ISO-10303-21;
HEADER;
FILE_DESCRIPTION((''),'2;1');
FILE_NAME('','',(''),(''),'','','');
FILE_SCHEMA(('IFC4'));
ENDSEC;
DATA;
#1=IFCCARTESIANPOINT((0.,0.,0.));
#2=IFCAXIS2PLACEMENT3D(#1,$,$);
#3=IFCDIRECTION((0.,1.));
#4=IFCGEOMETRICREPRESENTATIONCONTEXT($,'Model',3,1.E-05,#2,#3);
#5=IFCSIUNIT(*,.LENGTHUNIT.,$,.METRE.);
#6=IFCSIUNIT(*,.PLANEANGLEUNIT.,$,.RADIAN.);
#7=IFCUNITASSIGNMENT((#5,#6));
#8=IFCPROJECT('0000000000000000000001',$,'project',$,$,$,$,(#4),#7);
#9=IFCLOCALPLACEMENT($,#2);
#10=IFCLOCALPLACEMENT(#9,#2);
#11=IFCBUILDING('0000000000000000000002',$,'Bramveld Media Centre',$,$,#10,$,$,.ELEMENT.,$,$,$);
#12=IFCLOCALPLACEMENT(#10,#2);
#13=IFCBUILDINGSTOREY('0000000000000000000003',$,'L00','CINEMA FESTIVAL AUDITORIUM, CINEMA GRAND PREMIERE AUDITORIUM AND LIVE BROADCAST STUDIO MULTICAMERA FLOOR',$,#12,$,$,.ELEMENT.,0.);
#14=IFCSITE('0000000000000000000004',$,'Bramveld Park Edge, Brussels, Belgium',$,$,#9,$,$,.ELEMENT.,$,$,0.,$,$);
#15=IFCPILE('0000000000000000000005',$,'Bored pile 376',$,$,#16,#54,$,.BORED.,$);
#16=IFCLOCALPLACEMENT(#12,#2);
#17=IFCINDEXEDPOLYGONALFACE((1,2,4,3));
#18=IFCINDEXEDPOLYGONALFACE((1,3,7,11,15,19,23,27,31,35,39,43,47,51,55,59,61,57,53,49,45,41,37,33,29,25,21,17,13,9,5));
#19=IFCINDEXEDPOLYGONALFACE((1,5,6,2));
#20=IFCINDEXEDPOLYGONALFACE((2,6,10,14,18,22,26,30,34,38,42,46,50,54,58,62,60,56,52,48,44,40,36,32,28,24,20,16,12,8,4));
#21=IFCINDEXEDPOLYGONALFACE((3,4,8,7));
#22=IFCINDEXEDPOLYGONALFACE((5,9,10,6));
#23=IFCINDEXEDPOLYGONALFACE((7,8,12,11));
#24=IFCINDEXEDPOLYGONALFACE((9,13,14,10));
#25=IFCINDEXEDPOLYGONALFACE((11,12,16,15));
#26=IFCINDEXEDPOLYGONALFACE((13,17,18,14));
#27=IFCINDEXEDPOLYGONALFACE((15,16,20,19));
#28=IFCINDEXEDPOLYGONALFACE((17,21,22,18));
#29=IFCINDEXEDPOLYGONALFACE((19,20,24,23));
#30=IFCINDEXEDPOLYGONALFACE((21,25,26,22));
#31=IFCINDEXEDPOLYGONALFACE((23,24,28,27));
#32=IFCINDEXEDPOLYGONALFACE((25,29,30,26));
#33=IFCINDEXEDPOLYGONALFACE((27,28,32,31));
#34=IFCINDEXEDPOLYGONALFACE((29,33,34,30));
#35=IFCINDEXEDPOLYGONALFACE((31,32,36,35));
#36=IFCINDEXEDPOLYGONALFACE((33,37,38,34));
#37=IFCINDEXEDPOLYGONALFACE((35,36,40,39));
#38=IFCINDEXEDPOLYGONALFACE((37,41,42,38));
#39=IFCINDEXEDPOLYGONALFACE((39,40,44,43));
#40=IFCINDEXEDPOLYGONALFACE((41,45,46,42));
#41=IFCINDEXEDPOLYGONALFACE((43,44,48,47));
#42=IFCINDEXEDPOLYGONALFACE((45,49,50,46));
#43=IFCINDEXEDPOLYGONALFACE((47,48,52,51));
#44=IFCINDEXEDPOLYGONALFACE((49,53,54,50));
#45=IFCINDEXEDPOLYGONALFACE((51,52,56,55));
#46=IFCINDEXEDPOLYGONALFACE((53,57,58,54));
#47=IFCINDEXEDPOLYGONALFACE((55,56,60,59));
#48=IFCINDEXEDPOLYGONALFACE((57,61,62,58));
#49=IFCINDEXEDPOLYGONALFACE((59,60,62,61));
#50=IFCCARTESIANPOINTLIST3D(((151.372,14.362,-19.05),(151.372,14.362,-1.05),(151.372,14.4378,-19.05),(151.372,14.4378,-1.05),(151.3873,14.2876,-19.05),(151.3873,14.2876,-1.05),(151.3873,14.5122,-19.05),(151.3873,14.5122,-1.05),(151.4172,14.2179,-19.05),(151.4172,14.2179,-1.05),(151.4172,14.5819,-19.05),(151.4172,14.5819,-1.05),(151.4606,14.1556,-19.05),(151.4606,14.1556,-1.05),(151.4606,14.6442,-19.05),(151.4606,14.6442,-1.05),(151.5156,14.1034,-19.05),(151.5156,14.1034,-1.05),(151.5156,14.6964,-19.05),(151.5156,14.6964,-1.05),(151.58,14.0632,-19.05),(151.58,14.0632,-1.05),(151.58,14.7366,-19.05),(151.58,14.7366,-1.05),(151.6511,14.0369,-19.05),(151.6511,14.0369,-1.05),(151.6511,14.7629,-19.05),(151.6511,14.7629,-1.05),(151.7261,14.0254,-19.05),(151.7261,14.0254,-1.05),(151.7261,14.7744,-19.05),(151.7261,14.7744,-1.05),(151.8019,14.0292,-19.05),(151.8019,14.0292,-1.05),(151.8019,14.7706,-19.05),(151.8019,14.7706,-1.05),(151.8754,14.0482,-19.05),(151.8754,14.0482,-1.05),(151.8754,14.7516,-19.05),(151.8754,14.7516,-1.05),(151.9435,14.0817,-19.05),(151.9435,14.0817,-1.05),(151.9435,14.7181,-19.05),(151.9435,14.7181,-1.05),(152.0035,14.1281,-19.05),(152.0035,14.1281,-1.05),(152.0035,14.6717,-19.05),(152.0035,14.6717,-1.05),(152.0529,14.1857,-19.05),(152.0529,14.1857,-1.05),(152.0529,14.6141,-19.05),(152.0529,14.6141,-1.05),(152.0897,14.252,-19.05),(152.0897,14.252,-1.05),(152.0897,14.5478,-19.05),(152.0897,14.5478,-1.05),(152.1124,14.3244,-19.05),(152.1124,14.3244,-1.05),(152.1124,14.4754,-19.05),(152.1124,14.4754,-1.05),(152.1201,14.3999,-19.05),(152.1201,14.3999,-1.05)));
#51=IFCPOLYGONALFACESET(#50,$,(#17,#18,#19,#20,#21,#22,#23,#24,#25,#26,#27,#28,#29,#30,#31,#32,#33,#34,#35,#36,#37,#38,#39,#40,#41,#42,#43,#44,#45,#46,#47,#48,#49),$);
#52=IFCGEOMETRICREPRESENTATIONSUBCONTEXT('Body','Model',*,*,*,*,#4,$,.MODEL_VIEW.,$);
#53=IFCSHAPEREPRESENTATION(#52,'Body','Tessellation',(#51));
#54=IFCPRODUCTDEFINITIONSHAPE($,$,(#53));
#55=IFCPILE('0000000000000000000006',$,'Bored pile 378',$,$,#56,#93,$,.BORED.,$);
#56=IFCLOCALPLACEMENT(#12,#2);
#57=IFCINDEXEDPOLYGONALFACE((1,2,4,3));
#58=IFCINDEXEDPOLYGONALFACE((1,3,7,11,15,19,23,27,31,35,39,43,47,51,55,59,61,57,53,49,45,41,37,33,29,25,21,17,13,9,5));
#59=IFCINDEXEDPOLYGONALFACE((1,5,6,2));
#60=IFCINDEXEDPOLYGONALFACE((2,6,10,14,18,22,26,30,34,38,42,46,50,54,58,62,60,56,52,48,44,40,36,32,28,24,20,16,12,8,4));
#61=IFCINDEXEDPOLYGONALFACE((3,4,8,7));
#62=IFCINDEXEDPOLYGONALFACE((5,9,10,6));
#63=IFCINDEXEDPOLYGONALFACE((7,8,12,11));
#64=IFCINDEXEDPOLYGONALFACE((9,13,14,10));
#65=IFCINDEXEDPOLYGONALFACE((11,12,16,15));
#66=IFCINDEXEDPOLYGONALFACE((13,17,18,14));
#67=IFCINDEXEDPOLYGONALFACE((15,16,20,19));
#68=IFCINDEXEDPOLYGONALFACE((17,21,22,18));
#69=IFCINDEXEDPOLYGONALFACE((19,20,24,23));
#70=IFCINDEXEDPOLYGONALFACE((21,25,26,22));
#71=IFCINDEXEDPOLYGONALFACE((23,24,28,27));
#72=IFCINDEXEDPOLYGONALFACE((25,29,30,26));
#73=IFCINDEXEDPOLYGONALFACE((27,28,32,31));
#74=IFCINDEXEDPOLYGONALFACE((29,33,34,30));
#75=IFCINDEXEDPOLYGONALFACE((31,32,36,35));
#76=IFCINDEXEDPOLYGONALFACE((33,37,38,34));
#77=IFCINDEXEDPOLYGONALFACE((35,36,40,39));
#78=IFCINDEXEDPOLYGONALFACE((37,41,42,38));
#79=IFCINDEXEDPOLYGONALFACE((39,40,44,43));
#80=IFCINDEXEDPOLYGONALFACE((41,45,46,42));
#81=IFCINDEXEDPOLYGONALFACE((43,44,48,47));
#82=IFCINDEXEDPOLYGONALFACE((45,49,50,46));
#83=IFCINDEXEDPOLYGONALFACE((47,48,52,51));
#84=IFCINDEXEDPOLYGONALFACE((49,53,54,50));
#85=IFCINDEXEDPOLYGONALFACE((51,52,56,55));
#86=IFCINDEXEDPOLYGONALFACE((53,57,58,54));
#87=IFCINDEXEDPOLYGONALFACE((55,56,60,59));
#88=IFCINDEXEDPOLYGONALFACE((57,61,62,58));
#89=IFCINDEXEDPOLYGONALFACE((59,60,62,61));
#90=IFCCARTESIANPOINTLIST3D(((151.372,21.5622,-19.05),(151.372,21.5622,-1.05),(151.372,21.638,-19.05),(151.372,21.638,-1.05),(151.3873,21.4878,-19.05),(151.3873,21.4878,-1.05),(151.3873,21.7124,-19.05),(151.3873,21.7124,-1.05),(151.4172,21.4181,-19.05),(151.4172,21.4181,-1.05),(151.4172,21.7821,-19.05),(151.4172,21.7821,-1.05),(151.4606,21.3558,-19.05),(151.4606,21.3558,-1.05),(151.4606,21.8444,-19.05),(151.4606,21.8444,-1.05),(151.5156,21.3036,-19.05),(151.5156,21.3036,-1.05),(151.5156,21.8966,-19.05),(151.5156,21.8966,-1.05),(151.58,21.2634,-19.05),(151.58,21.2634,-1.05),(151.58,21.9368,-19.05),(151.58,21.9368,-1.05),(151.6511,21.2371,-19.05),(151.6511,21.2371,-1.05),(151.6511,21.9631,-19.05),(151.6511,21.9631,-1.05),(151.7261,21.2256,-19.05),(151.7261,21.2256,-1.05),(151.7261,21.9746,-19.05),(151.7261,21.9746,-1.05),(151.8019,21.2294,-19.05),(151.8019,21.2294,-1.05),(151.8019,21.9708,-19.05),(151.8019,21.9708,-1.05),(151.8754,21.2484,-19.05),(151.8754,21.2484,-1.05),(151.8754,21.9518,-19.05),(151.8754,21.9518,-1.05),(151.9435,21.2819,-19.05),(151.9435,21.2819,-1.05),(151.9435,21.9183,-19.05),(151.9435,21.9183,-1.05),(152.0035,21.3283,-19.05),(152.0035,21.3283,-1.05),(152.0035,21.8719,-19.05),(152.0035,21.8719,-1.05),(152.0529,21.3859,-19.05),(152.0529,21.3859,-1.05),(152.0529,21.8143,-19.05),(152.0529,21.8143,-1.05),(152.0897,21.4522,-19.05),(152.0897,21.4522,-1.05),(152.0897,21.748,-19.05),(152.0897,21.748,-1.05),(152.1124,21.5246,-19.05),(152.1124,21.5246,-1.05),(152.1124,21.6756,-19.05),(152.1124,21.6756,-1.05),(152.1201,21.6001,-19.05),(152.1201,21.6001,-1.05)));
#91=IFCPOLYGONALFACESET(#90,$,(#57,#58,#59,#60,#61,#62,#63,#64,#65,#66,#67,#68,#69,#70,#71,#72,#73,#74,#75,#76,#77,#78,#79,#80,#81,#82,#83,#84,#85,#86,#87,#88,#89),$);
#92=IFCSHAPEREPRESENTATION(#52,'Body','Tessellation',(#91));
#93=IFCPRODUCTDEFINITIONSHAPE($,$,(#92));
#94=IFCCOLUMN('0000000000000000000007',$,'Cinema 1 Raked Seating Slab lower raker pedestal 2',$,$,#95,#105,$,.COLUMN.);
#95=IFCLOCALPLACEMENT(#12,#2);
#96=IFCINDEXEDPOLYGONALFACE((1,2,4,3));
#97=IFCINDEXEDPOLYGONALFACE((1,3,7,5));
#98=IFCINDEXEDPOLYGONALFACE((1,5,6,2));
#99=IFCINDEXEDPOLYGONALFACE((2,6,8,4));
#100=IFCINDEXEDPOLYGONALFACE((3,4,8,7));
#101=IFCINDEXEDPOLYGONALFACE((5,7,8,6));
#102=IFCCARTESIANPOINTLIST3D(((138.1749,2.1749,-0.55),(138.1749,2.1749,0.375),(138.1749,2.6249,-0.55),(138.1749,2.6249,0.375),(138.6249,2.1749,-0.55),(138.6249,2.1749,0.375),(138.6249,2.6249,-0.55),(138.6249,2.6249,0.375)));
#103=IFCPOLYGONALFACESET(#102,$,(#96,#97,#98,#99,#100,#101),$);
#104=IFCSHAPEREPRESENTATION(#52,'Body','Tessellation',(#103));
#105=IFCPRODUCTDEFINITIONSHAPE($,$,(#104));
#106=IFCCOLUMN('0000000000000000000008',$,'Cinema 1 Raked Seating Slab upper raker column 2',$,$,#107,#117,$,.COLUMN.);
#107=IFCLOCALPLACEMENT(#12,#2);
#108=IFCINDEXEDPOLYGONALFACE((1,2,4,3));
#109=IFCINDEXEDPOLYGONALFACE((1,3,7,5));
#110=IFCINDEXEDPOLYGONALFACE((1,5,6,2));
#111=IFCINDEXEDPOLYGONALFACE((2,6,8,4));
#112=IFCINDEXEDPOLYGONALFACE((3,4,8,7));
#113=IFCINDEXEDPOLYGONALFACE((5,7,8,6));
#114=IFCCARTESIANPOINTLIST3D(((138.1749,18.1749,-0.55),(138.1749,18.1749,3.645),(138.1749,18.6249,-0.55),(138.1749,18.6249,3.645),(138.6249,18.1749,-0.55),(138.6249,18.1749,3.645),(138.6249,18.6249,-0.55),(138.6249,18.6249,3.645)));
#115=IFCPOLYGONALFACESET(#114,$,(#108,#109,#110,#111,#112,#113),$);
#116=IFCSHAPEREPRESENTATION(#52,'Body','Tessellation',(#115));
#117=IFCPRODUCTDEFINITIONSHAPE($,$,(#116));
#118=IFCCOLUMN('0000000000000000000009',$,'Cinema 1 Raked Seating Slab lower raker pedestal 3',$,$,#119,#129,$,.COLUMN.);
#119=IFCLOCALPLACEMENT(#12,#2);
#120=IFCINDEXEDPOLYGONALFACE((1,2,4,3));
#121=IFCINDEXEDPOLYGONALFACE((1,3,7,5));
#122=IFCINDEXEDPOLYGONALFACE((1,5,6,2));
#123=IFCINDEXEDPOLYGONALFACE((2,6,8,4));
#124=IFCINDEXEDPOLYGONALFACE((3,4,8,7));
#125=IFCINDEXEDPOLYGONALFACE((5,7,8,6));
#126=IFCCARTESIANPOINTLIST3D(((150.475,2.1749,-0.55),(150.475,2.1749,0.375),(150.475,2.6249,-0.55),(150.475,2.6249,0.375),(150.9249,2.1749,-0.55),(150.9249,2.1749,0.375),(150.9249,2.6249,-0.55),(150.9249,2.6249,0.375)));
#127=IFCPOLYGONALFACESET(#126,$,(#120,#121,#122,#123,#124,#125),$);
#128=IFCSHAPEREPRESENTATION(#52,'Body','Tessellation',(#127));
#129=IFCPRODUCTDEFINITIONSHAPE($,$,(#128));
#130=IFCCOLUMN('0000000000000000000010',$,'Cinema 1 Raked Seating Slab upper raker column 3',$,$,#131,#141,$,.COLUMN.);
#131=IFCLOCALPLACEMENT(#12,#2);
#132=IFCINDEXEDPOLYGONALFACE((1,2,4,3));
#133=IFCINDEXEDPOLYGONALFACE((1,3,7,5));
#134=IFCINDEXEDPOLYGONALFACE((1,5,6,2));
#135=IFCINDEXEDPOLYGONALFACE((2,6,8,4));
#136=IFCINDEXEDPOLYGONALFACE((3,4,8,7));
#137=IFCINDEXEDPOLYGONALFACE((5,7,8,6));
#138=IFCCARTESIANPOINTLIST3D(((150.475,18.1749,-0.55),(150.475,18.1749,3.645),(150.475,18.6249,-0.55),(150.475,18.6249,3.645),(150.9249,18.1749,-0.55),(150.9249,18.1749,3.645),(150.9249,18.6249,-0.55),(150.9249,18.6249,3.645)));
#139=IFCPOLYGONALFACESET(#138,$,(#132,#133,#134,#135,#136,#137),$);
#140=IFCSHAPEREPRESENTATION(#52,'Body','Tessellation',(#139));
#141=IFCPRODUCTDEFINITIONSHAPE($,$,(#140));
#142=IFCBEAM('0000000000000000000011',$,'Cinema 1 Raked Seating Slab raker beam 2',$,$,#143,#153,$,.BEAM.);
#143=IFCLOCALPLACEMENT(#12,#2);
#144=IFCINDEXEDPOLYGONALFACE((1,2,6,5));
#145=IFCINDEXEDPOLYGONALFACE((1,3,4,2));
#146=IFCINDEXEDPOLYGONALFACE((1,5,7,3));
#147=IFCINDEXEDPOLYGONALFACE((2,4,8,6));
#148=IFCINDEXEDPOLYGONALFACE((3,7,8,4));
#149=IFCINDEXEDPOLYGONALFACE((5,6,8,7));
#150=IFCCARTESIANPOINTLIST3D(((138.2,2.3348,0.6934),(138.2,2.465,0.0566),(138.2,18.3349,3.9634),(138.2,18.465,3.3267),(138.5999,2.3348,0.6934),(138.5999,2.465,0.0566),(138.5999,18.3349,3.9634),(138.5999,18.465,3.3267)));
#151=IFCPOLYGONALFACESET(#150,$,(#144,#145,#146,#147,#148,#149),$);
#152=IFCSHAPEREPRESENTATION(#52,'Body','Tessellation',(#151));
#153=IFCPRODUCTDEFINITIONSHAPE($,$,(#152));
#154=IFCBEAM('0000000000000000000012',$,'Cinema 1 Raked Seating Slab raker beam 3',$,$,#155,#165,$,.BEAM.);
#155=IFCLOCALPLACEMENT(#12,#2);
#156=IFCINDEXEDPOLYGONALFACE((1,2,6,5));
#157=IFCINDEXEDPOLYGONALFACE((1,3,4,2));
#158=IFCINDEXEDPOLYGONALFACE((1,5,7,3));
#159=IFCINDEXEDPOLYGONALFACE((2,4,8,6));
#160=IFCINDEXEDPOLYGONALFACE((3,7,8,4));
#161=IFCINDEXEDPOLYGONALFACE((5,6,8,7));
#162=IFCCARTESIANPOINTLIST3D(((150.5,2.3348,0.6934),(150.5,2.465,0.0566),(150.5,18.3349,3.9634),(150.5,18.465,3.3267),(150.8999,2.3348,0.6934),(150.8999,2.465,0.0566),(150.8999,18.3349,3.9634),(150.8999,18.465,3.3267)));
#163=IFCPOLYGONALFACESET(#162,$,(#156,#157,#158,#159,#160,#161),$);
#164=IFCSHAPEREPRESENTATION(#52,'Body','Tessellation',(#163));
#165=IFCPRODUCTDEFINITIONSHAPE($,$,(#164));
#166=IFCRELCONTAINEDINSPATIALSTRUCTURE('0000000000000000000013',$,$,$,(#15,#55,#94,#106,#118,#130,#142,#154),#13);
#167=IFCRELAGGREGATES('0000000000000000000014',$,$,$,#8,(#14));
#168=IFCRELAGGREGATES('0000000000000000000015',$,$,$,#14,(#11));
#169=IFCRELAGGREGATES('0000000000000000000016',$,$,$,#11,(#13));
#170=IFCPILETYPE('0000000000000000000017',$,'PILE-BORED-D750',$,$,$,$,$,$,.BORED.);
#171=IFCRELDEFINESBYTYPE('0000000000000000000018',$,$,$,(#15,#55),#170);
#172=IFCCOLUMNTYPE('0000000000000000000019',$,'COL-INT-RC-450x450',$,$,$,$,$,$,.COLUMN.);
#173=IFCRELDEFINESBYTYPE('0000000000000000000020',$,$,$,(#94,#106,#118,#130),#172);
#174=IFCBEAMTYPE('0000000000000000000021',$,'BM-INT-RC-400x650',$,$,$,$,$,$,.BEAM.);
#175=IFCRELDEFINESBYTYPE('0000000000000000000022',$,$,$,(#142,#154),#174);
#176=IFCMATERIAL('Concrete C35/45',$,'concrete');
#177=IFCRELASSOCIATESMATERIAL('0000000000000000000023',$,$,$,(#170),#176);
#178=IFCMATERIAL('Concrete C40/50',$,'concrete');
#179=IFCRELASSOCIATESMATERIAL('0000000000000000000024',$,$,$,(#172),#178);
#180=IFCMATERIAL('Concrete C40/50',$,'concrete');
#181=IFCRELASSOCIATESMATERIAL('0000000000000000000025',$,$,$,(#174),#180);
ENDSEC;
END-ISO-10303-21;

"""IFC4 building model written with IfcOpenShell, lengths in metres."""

from ifc_helpers import new_model, si_unit, direction, frame, origin, origin_2d, place, context, subcontext, project, spatial, rectangle, circle, extrude, material, material_profile, profile_set, type_object, element, save


model = new_model("IFC4")

# Units and contexts
model_context = context("Model", 3, precision=1e-05, world=origin(), true_north=direction((0.0, 1.0)))
body_context = subcontext(model_context, "Body", "Model", "MODEL_VIEW")
ifc_project = project(units=[si_unit("LENGTHUNIT", "METRE"), si_unit("PLANEANGLEUNIT", "RADIAN")], contexts=[model_context])

# Site, building, storey
site_placement = place(None, origin())
site = spatial("IfcSite", under=ifc_project, at=site_placement, Name="Bramveld Park Edge, Brussels, Belgium", CompositionType="ELEMENT", RefElevation=0.0)
building_placement = place(site_placement, origin())
building = spatial("IfcBuilding", under=site, at=building_placement, Name="Bramveld Media Centre", CompositionType="ELEMENT")
storey_placement = place(building_placement, origin())
storey = spatial("IfcBuildingStorey", under=building, at=storey_placement, Name="L00", Description="CINEMA FESTIVAL AUDITORIUM, CINEMA GRAND PREMIERE AUDITORIUM AND LIVE BROADCAST STUDIO MULTICAMERA FLOOR", CompositionType="ELEMENT", Elevation=0.0)

# Piles
ifc_material_1 = material(Name="Concrete C35/45", Category="concrete")
ifc_material_profile_1 = material_profile(ifc_material_1, circle(Radius=0.375, at=origin_2d()), Name="BORED D750")
ifc_profile_set_1 = profile_set([ifc_material_profile_1], Name="Concrete C35/45")
pile_type_1 = type_object("IfcPileType", Name="PILE-BORED-D750", PredefinedType="BORED", material=ifc_profile_set_1)
for number, where, z_axis, x_axis, name in (
    (1, (151.7451, 14.3999, -1.05), (0.0, 0.0, -1.0), (1.0, 0.0, 0.0), "Bored pile 376"),
    (2, (151.7451, 21.6001, -1.05), (0.0, 0.0, -1.0), (1.0, 0.0, 0.0), "Bored pile 378"),
):
    element("IfcPile", number, at=place(storey_placement, frame(where, z_axis=z_axis, x_axis=x_axis)), inside=storey, type_object=pile_type_1, Name=name, PredefinedType="BORED", context=body_context, shape_type="SweptSolid", body=[
        extrude(circle(Radius=0.375, at=origin_2d()), origin(), (0.0, 0.0, 1.0), 18.0),
    ])

# Columns
ifc_material_2 = material(Name="Concrete C40/50", Category="concrete")
ifc_material_profile_2 = material_profile(ifc_material_2, rectangle(XDim=0.45, YDim=0.45, at=origin_2d()), Name="RC 450x450")
ifc_profile_set_2 = profile_set([ifc_material_profile_2], Name="Concrete C40/50")
column_type = type_object("IfcColumnType", Name="COL-INT-RC-450x450", PredefinedType="COLUMN", material=ifc_profile_set_2)
column_1_placement = place(storey_placement, frame((138.3999, 2.3999, -0.55), z_axis=(0.0, 0.0, 1.0), x_axis=(1.0, 0.0, 0.0)))
element("IfcColumn", 3, at=column_1_placement, inside=storey, type_object=column_type, Name="Cinema 1 Raked Seating Slab lower raker pedestal 2", PredefinedType="COLUMN", context=body_context, shape_type="SweptSolid", body=[
    extrude(rectangle(XDim=0.45, YDim=0.45, at=origin_2d()), origin(), (0.0, 0.0, 1.0), 0.925),
])
column_2_placement = place(storey_placement, frame((138.3999, 18.3999, -0.55), z_axis=(0.0, 0.0, 1.0), x_axis=(1.0, 0.0, 0.0)))
element("IfcColumn", 4, at=column_2_placement, inside=storey, type_object=column_type, Name="Cinema 1 Raked Seating Slab upper raker column 2", PredefinedType="COLUMN", context=body_context, shape_type="SweptSolid", body=[
    extrude(rectangle(XDim=0.45, YDim=0.45, at=origin_2d()), origin(), (0.0, 0.0, 1.0), 4.1951),
])
column_3_placement = place(storey_placement, frame((150.7, 2.3999, -0.55), z_axis=(0.0, 0.0, 1.0), x_axis=(1.0, 0.0, 0.0)))
element("IfcColumn", 5, at=column_3_placement, inside=storey, type_object=column_type, Name="Cinema 1 Raked Seating Slab lower raker pedestal 3", PredefinedType="COLUMN", context=body_context, shape_type="SweptSolid", body=[
    extrude(rectangle(XDim=0.45, YDim=0.45, at=origin_2d()), origin(), (0.0, 0.0, 1.0), 0.925),
])
column_4_placement = place(storey_placement, frame((150.7, 18.3999, -0.55), z_axis=(0.0, 0.0, 1.0), x_axis=(1.0, 0.0, 0.0)))
element("IfcColumn", 6, at=column_4_placement, inside=storey, type_object=column_type, Name="Cinema 1 Raked Seating Slab upper raker column 3", PredefinedType="COLUMN", context=body_context, shape_type="SweptSolid", body=[
    extrude(rectangle(XDim=0.45, YDim=0.45, at=origin_2d()), origin(), (0.0, 0.0, 1.0), 4.1951),
])

# Beams
ifc_material_3 = material(Name="Concrete C40/50", Category="concrete")
ifc_material_profile_3 = material_profile(ifc_material_3, rectangle(XDim=0.3999, YDim=0.6499, at=origin_2d()), Name="RC 400x650")
ifc_profile_set_3 = profile_set([ifc_material_profile_3], Name="Concrete C40/50")
beam_type = type_object("IfcBeamType", Name="BM-INT-RC-400x650", PredefinedType="BEAM", material=ifc_profile_set_3)
for number, where, z_axis, x_axis, name in (
    (7, (138.3999, 2.3999, 0.375), (0.0, 0.979747, 0.200237), (-1.0, 0.0, 0.0), "Cinema 1 Raked Seating Slab raker beam 2"),
    (8, (150.7, 2.3999, 0.375), (0.0, 0.979747, 0.200237), (-1.0, 0.0, 0.0), "Cinema 1 Raked Seating Slab raker beam 3"),
):
    element("IfcBeam", number, at=place(storey_placement, frame(where, z_axis=z_axis, x_axis=x_axis)), inside=storey, type_object=beam_type, Name=name, PredefinedType="BEAM", context=body_context, shape_type="SweptSolid", body=[
        extrude(rectangle(XDim=0.3999, YDim=0.6499, at=origin_2d()), origin(), (0.0, 0.0, 1.0), 16.3308),
    ])

save(model, "model.ifc")
